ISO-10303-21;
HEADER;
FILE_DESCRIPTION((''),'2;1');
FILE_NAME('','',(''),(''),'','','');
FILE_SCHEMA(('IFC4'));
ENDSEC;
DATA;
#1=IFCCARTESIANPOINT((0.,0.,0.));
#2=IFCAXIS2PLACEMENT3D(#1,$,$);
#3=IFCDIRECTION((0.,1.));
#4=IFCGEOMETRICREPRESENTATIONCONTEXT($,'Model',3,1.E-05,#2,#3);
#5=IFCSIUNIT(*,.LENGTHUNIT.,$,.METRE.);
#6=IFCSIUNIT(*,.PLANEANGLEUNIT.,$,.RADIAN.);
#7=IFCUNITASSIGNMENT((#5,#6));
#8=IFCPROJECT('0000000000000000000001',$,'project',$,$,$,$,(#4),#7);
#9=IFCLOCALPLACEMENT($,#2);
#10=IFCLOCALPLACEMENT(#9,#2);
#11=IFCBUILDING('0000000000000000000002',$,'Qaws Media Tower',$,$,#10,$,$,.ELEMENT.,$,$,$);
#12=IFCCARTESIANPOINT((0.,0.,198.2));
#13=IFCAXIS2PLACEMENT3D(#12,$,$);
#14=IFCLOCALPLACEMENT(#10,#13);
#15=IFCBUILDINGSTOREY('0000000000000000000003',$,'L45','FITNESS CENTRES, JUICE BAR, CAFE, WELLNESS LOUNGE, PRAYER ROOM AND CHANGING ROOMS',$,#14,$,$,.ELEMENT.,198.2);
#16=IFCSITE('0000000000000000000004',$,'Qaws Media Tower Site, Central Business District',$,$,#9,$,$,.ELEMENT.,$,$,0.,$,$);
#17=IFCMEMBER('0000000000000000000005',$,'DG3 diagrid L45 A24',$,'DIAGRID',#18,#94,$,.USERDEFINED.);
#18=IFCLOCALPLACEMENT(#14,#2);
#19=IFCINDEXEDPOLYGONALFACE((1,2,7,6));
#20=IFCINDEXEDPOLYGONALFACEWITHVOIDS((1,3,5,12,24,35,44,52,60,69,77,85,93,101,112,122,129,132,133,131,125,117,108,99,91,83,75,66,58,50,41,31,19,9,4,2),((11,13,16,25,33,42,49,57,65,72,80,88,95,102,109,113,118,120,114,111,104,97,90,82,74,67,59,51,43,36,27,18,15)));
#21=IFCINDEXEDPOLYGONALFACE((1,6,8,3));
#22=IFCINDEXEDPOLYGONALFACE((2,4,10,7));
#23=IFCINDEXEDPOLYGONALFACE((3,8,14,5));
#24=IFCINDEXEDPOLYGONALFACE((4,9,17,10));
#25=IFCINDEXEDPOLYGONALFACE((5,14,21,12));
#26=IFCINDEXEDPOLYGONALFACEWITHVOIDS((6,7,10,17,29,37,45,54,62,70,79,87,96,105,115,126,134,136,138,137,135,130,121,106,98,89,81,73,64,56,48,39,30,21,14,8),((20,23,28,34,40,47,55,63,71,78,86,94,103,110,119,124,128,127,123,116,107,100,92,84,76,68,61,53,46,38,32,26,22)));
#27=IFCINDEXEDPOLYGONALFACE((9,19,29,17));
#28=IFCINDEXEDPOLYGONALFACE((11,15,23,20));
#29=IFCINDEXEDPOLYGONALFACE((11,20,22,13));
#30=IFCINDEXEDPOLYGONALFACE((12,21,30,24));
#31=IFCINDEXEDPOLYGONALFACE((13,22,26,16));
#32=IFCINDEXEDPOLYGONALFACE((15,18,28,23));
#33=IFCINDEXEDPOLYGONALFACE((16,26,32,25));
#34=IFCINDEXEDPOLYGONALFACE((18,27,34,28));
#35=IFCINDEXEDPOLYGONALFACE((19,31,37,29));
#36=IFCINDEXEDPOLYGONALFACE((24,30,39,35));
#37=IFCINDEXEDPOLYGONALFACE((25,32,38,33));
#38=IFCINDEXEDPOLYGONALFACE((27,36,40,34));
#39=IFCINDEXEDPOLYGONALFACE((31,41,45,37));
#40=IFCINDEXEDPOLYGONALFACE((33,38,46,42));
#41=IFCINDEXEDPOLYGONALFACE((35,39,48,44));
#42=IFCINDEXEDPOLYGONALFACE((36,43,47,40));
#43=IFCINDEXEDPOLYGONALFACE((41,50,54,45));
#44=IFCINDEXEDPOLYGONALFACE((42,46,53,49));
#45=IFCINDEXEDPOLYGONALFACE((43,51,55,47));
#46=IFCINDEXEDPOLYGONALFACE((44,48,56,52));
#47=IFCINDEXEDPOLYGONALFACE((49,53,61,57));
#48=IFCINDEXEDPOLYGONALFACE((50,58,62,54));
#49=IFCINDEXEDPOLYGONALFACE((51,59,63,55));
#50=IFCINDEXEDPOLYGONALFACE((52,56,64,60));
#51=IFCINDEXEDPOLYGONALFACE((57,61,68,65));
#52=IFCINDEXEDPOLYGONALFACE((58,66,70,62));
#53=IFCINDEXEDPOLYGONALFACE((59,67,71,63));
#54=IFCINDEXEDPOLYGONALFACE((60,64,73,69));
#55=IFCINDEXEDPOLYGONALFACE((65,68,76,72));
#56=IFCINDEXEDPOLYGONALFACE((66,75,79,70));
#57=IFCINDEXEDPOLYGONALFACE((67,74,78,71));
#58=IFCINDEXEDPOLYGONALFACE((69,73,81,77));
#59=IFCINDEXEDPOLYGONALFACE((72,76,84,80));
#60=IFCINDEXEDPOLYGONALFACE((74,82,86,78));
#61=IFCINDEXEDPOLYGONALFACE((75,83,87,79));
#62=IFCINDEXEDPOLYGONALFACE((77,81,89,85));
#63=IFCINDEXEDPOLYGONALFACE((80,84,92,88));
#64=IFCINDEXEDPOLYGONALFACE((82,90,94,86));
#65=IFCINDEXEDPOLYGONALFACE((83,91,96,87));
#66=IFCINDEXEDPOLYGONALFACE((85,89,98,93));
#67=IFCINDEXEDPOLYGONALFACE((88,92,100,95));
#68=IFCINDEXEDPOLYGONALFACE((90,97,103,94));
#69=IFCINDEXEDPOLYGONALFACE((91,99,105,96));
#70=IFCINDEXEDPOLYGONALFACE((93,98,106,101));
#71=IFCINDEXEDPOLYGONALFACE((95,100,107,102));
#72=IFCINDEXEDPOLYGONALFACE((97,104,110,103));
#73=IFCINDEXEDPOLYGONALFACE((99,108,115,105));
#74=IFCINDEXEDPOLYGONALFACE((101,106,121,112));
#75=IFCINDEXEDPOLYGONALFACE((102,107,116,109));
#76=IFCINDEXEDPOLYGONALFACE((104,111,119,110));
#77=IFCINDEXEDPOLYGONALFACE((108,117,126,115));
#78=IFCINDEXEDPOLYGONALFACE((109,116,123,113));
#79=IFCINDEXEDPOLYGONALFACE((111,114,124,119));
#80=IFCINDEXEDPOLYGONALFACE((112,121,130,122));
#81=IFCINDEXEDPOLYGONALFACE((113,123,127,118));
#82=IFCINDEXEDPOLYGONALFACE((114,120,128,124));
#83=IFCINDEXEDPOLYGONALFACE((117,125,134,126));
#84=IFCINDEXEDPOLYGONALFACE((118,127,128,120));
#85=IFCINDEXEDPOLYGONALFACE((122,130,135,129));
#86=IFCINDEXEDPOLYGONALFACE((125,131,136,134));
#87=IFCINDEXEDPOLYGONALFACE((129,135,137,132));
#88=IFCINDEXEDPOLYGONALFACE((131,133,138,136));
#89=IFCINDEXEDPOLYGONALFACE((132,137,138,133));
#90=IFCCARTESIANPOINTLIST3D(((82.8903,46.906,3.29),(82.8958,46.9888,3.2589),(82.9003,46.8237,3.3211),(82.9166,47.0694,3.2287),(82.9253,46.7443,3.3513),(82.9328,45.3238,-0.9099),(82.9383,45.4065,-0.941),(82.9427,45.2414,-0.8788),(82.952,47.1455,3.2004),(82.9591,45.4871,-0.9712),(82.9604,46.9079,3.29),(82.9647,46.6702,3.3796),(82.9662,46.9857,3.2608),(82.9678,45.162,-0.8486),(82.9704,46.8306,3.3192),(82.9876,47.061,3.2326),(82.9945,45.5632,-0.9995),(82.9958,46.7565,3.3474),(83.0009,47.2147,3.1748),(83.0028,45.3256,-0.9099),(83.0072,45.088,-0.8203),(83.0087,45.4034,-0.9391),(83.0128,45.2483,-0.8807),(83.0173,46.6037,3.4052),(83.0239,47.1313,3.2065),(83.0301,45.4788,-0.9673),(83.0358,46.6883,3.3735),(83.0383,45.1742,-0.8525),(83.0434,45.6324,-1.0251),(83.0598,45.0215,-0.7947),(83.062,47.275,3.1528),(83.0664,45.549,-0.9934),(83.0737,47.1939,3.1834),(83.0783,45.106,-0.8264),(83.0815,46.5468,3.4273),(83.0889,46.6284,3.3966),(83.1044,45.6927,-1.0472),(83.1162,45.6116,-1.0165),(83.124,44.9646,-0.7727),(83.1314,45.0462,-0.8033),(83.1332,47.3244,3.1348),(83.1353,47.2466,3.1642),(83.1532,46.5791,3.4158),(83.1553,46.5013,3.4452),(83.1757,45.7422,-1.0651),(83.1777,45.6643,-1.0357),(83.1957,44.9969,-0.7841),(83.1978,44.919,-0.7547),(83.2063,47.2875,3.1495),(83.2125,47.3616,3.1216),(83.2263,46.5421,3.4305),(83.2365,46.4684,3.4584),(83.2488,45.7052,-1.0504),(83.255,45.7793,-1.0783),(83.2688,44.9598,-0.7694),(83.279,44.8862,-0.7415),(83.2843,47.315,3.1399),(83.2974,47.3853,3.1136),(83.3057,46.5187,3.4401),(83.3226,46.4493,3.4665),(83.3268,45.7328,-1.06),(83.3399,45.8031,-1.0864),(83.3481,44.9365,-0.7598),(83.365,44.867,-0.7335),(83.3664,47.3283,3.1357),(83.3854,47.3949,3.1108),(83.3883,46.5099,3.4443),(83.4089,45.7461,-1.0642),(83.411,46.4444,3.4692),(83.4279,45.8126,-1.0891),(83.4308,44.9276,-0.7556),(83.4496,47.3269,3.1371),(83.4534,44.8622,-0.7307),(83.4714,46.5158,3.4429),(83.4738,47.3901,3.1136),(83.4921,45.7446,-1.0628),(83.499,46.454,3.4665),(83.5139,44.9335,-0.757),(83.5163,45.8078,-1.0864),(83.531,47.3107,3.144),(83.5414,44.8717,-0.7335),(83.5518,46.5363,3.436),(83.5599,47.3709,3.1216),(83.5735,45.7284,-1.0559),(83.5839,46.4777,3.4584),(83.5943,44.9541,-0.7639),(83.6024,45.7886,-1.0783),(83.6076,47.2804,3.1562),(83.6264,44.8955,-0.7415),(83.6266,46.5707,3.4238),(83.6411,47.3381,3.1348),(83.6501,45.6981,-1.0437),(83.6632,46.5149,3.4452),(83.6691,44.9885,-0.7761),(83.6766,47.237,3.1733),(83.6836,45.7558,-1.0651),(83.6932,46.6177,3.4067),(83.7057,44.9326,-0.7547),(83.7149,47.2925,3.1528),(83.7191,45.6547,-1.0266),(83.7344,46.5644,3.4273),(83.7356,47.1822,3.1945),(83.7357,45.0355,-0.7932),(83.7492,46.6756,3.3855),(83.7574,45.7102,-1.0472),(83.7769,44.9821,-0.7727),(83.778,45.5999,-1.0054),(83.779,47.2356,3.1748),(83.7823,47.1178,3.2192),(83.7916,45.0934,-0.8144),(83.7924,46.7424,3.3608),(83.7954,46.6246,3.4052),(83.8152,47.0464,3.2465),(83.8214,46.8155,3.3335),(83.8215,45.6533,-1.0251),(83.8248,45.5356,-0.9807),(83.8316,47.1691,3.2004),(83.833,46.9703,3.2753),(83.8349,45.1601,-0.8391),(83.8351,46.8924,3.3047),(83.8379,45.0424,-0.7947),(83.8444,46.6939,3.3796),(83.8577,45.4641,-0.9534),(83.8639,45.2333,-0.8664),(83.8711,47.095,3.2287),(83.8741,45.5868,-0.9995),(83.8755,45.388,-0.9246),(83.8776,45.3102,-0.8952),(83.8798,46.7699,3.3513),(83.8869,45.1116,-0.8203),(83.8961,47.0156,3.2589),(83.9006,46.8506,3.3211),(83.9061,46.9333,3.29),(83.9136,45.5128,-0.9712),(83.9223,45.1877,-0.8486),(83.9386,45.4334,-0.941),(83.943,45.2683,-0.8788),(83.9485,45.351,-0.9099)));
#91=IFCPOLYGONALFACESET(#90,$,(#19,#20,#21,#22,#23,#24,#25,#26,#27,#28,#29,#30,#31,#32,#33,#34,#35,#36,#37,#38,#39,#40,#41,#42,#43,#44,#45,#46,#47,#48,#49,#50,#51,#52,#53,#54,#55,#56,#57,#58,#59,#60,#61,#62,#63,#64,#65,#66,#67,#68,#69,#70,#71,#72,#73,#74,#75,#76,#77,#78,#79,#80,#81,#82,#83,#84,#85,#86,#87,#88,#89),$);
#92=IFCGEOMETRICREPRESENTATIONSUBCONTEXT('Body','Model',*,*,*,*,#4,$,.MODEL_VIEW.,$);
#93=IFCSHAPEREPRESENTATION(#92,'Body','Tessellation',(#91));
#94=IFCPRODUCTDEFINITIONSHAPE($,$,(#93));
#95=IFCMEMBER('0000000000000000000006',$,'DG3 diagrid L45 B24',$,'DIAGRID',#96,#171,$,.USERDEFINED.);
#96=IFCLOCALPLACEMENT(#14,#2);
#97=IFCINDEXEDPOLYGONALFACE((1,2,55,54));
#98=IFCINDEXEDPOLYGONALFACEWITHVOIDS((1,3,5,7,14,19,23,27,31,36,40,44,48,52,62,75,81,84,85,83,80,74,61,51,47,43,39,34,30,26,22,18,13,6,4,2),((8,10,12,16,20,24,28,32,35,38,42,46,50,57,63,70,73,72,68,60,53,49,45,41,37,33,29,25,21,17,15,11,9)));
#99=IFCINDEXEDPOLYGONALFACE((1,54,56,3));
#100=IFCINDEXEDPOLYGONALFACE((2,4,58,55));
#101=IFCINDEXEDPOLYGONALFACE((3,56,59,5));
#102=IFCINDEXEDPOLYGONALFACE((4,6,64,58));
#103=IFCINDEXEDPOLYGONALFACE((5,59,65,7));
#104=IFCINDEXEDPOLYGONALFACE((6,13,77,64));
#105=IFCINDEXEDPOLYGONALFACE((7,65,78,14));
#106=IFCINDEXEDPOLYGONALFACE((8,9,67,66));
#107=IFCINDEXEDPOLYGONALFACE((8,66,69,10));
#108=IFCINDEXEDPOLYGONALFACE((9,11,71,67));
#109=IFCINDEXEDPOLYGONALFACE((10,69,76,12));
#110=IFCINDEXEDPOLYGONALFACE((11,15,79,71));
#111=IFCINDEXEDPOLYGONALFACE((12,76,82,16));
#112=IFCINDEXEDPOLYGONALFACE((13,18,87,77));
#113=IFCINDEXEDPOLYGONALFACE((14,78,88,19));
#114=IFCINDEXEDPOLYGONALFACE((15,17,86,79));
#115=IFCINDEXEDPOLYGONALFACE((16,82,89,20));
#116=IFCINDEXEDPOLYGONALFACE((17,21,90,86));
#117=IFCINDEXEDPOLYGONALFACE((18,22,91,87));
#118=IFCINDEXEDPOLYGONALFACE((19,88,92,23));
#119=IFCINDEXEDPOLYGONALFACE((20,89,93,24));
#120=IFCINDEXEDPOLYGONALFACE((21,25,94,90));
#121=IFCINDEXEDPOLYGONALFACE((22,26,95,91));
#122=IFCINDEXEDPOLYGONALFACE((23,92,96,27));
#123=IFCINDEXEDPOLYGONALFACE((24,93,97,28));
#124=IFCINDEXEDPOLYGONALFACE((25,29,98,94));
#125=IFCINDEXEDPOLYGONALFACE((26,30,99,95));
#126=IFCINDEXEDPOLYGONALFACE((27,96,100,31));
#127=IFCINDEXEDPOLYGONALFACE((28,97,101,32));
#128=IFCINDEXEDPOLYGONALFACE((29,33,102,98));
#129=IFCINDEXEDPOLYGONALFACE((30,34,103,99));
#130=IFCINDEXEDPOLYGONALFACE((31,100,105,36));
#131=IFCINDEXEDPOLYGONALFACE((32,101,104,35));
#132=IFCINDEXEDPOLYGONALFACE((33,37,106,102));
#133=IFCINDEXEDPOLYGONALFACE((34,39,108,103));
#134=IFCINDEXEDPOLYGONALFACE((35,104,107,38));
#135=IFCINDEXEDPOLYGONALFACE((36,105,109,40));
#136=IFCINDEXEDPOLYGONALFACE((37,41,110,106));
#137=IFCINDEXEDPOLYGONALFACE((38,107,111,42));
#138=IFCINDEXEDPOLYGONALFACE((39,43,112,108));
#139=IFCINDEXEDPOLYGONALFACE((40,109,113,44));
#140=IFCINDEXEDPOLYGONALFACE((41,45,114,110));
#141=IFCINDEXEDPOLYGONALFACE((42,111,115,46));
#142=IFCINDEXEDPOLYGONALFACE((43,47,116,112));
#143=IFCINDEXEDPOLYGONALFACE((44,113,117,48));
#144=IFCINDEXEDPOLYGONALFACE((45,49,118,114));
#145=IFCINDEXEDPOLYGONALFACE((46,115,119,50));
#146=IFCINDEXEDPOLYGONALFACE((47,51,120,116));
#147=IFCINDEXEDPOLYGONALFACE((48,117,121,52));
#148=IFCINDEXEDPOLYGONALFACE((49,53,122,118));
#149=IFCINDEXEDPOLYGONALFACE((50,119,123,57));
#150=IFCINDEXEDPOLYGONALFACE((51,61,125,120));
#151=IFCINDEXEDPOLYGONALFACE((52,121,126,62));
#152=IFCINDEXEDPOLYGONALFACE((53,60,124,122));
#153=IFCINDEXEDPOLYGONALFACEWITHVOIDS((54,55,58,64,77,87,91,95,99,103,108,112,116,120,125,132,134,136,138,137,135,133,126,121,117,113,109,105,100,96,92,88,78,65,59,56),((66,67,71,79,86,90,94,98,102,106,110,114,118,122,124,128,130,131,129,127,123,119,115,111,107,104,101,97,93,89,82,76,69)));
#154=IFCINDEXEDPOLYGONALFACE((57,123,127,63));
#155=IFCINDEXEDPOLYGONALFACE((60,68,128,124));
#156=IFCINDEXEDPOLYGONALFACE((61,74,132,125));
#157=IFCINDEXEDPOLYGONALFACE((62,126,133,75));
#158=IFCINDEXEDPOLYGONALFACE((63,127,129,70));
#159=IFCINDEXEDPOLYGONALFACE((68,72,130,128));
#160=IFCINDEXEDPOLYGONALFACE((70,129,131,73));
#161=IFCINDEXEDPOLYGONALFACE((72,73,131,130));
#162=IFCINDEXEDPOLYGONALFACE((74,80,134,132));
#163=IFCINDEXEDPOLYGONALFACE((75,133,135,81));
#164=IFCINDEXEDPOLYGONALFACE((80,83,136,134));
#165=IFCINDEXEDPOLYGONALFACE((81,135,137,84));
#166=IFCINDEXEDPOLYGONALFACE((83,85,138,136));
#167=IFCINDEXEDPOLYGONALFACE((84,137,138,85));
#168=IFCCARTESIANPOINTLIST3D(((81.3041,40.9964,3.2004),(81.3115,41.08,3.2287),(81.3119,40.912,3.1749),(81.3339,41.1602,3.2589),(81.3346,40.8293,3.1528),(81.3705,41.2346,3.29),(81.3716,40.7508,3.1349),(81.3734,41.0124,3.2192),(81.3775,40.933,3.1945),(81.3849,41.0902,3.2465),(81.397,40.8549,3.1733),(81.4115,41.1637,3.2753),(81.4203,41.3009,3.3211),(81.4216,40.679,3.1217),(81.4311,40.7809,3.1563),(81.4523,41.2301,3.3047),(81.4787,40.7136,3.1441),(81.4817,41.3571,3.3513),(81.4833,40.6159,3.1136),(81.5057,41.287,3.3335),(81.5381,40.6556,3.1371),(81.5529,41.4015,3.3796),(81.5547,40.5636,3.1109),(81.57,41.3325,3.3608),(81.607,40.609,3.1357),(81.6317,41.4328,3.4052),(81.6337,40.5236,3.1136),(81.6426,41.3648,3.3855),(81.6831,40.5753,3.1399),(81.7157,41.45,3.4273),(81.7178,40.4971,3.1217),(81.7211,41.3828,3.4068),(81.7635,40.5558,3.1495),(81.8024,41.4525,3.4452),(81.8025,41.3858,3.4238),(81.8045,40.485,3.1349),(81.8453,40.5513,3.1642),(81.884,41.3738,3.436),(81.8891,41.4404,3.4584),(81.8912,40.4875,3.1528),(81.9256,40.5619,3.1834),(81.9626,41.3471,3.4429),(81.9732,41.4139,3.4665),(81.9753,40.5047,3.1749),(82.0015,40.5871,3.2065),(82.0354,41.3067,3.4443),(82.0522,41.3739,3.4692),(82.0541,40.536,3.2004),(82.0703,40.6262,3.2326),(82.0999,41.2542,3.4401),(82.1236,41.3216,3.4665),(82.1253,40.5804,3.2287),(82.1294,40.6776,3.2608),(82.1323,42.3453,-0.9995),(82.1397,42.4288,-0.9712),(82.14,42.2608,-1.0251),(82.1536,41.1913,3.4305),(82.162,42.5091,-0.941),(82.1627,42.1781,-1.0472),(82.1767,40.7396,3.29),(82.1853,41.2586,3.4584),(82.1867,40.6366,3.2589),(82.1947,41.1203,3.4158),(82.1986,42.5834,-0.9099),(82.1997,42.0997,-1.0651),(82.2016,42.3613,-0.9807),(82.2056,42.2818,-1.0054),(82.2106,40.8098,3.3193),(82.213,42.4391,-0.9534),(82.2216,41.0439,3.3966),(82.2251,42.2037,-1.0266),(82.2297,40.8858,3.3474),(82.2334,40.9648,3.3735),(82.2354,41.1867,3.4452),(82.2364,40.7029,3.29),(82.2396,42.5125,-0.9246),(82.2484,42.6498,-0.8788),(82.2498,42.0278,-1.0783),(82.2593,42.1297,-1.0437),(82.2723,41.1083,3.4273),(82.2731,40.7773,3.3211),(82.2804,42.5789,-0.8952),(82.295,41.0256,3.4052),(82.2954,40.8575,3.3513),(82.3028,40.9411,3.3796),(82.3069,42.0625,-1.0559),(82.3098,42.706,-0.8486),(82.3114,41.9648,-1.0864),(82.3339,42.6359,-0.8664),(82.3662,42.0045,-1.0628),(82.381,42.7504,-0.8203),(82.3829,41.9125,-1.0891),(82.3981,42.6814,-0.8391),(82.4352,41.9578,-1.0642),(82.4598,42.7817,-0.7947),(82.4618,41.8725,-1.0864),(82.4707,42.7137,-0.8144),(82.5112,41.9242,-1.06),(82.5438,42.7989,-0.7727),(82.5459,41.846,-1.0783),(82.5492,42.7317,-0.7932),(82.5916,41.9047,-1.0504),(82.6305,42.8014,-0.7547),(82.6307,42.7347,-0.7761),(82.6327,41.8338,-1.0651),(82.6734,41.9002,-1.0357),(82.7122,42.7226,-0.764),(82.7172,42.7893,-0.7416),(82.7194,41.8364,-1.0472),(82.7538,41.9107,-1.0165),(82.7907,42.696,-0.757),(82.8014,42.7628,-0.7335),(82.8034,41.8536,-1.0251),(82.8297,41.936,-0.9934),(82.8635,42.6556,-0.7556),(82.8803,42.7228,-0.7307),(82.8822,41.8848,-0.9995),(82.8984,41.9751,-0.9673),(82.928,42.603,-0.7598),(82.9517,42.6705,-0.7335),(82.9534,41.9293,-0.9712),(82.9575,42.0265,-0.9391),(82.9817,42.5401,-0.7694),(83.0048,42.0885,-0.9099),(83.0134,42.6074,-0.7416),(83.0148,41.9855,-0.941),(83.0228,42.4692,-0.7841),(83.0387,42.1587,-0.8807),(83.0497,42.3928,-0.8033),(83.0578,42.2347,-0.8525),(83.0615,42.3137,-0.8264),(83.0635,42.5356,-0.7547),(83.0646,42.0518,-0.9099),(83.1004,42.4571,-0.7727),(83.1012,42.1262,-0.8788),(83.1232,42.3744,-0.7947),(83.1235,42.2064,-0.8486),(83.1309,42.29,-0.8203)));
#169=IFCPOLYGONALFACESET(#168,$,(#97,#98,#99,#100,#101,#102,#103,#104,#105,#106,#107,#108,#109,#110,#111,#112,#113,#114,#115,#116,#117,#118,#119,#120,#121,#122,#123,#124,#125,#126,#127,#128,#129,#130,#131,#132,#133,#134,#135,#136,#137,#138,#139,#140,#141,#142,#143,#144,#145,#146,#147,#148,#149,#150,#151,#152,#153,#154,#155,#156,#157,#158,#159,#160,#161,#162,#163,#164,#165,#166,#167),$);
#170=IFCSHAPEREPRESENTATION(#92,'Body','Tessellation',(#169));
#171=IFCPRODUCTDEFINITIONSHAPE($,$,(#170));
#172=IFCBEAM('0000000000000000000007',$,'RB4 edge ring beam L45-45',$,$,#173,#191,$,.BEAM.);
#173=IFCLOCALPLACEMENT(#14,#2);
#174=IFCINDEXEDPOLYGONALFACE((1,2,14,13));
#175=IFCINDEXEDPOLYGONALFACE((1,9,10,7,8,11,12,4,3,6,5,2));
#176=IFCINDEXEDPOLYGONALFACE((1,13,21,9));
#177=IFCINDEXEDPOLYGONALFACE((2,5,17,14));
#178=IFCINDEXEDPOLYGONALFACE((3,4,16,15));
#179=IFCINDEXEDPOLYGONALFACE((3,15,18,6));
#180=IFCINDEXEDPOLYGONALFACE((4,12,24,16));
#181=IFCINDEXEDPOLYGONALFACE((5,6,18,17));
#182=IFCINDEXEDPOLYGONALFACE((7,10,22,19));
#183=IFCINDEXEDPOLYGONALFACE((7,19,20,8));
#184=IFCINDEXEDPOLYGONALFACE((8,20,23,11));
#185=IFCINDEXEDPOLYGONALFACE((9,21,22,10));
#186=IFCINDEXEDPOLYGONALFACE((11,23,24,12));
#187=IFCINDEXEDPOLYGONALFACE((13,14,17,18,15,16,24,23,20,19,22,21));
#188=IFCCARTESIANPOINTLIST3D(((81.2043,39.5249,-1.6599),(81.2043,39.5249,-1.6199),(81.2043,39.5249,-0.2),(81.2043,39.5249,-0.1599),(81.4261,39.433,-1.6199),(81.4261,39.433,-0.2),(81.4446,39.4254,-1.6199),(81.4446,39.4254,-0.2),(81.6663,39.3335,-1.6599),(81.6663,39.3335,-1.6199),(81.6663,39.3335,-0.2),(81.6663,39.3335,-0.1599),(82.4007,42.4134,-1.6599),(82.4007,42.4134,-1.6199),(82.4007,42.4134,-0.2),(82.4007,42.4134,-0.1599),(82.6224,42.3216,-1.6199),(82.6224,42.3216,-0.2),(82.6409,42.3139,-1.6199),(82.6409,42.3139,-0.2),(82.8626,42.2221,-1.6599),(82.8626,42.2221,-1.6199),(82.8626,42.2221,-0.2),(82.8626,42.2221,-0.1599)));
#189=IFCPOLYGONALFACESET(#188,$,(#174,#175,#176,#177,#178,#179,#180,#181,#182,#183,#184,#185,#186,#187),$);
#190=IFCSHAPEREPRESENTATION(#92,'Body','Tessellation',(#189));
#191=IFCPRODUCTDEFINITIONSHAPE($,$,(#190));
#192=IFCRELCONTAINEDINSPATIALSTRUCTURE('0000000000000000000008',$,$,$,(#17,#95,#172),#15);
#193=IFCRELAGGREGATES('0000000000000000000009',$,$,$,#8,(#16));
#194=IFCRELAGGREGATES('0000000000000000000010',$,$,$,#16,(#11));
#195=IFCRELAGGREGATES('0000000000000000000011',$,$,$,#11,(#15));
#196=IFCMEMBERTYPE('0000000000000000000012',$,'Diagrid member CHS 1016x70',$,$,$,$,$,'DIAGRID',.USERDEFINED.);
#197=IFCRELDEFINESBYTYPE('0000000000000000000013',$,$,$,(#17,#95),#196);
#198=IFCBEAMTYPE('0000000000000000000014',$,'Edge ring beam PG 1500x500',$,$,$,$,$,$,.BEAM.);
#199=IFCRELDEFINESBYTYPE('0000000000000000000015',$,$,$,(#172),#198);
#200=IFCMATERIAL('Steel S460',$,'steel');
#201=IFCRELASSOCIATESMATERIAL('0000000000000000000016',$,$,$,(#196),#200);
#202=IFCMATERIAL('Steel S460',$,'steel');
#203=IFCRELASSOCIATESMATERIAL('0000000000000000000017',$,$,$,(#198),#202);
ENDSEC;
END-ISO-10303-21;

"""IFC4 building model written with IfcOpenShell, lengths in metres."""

from ifc_helpers import new_model, si_unit, direction, frame, origin, origin_2d, place, context, subcontext, project, spatial, hollow_circle, i_section, extrude, material, material_profile, profile_set, type_object, element, save


model = new_model("IFC4")

# Units and contexts
model_context = context("Model", 3, precision=1e-05, world=origin(), true_north=direction((0.0, 1.0)))
body_context = subcontext(model_context, "Body", "Model", "MODEL_VIEW")
ifc_project = project(units=[si_unit("LENGTHUNIT", "METRE"), si_unit("PLANEANGLEUNIT", "RADIAN")], contexts=[model_context])

# Site, building, storey
site_placement = place(None, origin())
site = spatial("IfcSite", under=ifc_project, at=site_placement, Name="Qaws Media Tower Site, Central Business District", CompositionType="ELEMENT", RefElevation=0.0)
building_placement = place(site_placement, origin())
building = spatial("IfcBuilding", under=site, at=building_placement, Name="Qaws Media Tower", CompositionType="ELEMENT")
storey_placement = place(building_placement, frame((0.0, 0.0, 198.2)))
storey = spatial("IfcBuildingStorey", under=building, at=storey_placement, Name="L45", Description="FITNESS CENTRES, JUICE BAR, CAFE, WELLNESS LOUNGE, PRAYER ROOM AND CHANGING ROOMS", CompositionType="ELEMENT", Elevation=198.2)

# Members
ifc_material_1 = material(Name="Steel S460", Category="steel")
ifc_material_profile_1 = material_profile(ifc_material_1, hollow_circle(Radius=0.5081, WallThickness=0.0701, at=origin_2d()), Name="CHS 1016x70")
ifc_profile_set_1 = profile_set([ifc_material_profile_1], Name="Steel S460")
member_type_1 = type_object("IfcMemberType", Name="Diagrid member CHS 1016x70", ElementType="DIAGRID", PredefinedType="USERDEFINED", material=ifc_profile_set_1)
for number, where, z_axis, x_axis, name in (
    (1, (83.4407, 45.3374, -0.9099), (-0.009465, 0.352532, 0.935752), (-0.99964, -0.026838, 0.0), "DG3 diagrid L45 A24"),
    (2, (82.6316, 42.3176, -0.9099), (-0.184507, -0.300532, 0.935755), (0.852209, -0.523202, 0.0), "DG3 diagrid L45 B24"),
):
    element("IfcMember", number, at=place(storey_placement, frame(where, z_axis=z_axis, x_axis=x_axis)), inside=storey, type_object=member_type_1, Name=name, ObjectType="DIAGRID", PredefinedType="USERDEFINED", context=body_context, shape_type="SweptSolid", body=[
        extrude(hollow_circle(Radius=0.5081, WallThickness=0.0701, at=origin_2d()), origin(), (0.0, 0.0, 1.0), 4.4883),
    ])

# Beam
ifc_material_2 = material(Name="Steel S460", Category="steel")
ifc_material_profile_2 = material_profile(ifc_material_2, i_section(OverallWidth=0.5, OverallDepth=1.5, WebThickness=0.02, FlangeThickness=0.04, at=origin_2d()), Name="PG 1500x500")
ifc_profile_set_2 = profile_set([ifc_material_profile_2], Name="Steel S460")
beam_type_1 = type_object("IfcBeamType", Name="Edge ring beam PG 1500x500", PredefinedType="BEAM", material=ifc_profile_set_2)
beam_1_placement = place(storey_placement, frame((81.4353, 39.4292, -0.9099), z_axis=(0.382646, 0.923895, 0.0), x_axis=(-0.923895, 0.382646, 0.0)))
element("IfcBeam", 3, at=beam_1_placement, inside=storey, type_object=beam_type_1, Name="RB4 edge ring beam L45-45", PredefinedType="BEAM", context=body_context, shape_type="SweptSolid", body=[
    extrude(i_section(OverallWidth=0.5, OverallDepth=1.5, WebThickness=0.02, FlangeThickness=0.04, at=origin_2d()), origin(), (0.0, 0.0, 1.0), 3.1265),
])

save(model, "model.ifc")
